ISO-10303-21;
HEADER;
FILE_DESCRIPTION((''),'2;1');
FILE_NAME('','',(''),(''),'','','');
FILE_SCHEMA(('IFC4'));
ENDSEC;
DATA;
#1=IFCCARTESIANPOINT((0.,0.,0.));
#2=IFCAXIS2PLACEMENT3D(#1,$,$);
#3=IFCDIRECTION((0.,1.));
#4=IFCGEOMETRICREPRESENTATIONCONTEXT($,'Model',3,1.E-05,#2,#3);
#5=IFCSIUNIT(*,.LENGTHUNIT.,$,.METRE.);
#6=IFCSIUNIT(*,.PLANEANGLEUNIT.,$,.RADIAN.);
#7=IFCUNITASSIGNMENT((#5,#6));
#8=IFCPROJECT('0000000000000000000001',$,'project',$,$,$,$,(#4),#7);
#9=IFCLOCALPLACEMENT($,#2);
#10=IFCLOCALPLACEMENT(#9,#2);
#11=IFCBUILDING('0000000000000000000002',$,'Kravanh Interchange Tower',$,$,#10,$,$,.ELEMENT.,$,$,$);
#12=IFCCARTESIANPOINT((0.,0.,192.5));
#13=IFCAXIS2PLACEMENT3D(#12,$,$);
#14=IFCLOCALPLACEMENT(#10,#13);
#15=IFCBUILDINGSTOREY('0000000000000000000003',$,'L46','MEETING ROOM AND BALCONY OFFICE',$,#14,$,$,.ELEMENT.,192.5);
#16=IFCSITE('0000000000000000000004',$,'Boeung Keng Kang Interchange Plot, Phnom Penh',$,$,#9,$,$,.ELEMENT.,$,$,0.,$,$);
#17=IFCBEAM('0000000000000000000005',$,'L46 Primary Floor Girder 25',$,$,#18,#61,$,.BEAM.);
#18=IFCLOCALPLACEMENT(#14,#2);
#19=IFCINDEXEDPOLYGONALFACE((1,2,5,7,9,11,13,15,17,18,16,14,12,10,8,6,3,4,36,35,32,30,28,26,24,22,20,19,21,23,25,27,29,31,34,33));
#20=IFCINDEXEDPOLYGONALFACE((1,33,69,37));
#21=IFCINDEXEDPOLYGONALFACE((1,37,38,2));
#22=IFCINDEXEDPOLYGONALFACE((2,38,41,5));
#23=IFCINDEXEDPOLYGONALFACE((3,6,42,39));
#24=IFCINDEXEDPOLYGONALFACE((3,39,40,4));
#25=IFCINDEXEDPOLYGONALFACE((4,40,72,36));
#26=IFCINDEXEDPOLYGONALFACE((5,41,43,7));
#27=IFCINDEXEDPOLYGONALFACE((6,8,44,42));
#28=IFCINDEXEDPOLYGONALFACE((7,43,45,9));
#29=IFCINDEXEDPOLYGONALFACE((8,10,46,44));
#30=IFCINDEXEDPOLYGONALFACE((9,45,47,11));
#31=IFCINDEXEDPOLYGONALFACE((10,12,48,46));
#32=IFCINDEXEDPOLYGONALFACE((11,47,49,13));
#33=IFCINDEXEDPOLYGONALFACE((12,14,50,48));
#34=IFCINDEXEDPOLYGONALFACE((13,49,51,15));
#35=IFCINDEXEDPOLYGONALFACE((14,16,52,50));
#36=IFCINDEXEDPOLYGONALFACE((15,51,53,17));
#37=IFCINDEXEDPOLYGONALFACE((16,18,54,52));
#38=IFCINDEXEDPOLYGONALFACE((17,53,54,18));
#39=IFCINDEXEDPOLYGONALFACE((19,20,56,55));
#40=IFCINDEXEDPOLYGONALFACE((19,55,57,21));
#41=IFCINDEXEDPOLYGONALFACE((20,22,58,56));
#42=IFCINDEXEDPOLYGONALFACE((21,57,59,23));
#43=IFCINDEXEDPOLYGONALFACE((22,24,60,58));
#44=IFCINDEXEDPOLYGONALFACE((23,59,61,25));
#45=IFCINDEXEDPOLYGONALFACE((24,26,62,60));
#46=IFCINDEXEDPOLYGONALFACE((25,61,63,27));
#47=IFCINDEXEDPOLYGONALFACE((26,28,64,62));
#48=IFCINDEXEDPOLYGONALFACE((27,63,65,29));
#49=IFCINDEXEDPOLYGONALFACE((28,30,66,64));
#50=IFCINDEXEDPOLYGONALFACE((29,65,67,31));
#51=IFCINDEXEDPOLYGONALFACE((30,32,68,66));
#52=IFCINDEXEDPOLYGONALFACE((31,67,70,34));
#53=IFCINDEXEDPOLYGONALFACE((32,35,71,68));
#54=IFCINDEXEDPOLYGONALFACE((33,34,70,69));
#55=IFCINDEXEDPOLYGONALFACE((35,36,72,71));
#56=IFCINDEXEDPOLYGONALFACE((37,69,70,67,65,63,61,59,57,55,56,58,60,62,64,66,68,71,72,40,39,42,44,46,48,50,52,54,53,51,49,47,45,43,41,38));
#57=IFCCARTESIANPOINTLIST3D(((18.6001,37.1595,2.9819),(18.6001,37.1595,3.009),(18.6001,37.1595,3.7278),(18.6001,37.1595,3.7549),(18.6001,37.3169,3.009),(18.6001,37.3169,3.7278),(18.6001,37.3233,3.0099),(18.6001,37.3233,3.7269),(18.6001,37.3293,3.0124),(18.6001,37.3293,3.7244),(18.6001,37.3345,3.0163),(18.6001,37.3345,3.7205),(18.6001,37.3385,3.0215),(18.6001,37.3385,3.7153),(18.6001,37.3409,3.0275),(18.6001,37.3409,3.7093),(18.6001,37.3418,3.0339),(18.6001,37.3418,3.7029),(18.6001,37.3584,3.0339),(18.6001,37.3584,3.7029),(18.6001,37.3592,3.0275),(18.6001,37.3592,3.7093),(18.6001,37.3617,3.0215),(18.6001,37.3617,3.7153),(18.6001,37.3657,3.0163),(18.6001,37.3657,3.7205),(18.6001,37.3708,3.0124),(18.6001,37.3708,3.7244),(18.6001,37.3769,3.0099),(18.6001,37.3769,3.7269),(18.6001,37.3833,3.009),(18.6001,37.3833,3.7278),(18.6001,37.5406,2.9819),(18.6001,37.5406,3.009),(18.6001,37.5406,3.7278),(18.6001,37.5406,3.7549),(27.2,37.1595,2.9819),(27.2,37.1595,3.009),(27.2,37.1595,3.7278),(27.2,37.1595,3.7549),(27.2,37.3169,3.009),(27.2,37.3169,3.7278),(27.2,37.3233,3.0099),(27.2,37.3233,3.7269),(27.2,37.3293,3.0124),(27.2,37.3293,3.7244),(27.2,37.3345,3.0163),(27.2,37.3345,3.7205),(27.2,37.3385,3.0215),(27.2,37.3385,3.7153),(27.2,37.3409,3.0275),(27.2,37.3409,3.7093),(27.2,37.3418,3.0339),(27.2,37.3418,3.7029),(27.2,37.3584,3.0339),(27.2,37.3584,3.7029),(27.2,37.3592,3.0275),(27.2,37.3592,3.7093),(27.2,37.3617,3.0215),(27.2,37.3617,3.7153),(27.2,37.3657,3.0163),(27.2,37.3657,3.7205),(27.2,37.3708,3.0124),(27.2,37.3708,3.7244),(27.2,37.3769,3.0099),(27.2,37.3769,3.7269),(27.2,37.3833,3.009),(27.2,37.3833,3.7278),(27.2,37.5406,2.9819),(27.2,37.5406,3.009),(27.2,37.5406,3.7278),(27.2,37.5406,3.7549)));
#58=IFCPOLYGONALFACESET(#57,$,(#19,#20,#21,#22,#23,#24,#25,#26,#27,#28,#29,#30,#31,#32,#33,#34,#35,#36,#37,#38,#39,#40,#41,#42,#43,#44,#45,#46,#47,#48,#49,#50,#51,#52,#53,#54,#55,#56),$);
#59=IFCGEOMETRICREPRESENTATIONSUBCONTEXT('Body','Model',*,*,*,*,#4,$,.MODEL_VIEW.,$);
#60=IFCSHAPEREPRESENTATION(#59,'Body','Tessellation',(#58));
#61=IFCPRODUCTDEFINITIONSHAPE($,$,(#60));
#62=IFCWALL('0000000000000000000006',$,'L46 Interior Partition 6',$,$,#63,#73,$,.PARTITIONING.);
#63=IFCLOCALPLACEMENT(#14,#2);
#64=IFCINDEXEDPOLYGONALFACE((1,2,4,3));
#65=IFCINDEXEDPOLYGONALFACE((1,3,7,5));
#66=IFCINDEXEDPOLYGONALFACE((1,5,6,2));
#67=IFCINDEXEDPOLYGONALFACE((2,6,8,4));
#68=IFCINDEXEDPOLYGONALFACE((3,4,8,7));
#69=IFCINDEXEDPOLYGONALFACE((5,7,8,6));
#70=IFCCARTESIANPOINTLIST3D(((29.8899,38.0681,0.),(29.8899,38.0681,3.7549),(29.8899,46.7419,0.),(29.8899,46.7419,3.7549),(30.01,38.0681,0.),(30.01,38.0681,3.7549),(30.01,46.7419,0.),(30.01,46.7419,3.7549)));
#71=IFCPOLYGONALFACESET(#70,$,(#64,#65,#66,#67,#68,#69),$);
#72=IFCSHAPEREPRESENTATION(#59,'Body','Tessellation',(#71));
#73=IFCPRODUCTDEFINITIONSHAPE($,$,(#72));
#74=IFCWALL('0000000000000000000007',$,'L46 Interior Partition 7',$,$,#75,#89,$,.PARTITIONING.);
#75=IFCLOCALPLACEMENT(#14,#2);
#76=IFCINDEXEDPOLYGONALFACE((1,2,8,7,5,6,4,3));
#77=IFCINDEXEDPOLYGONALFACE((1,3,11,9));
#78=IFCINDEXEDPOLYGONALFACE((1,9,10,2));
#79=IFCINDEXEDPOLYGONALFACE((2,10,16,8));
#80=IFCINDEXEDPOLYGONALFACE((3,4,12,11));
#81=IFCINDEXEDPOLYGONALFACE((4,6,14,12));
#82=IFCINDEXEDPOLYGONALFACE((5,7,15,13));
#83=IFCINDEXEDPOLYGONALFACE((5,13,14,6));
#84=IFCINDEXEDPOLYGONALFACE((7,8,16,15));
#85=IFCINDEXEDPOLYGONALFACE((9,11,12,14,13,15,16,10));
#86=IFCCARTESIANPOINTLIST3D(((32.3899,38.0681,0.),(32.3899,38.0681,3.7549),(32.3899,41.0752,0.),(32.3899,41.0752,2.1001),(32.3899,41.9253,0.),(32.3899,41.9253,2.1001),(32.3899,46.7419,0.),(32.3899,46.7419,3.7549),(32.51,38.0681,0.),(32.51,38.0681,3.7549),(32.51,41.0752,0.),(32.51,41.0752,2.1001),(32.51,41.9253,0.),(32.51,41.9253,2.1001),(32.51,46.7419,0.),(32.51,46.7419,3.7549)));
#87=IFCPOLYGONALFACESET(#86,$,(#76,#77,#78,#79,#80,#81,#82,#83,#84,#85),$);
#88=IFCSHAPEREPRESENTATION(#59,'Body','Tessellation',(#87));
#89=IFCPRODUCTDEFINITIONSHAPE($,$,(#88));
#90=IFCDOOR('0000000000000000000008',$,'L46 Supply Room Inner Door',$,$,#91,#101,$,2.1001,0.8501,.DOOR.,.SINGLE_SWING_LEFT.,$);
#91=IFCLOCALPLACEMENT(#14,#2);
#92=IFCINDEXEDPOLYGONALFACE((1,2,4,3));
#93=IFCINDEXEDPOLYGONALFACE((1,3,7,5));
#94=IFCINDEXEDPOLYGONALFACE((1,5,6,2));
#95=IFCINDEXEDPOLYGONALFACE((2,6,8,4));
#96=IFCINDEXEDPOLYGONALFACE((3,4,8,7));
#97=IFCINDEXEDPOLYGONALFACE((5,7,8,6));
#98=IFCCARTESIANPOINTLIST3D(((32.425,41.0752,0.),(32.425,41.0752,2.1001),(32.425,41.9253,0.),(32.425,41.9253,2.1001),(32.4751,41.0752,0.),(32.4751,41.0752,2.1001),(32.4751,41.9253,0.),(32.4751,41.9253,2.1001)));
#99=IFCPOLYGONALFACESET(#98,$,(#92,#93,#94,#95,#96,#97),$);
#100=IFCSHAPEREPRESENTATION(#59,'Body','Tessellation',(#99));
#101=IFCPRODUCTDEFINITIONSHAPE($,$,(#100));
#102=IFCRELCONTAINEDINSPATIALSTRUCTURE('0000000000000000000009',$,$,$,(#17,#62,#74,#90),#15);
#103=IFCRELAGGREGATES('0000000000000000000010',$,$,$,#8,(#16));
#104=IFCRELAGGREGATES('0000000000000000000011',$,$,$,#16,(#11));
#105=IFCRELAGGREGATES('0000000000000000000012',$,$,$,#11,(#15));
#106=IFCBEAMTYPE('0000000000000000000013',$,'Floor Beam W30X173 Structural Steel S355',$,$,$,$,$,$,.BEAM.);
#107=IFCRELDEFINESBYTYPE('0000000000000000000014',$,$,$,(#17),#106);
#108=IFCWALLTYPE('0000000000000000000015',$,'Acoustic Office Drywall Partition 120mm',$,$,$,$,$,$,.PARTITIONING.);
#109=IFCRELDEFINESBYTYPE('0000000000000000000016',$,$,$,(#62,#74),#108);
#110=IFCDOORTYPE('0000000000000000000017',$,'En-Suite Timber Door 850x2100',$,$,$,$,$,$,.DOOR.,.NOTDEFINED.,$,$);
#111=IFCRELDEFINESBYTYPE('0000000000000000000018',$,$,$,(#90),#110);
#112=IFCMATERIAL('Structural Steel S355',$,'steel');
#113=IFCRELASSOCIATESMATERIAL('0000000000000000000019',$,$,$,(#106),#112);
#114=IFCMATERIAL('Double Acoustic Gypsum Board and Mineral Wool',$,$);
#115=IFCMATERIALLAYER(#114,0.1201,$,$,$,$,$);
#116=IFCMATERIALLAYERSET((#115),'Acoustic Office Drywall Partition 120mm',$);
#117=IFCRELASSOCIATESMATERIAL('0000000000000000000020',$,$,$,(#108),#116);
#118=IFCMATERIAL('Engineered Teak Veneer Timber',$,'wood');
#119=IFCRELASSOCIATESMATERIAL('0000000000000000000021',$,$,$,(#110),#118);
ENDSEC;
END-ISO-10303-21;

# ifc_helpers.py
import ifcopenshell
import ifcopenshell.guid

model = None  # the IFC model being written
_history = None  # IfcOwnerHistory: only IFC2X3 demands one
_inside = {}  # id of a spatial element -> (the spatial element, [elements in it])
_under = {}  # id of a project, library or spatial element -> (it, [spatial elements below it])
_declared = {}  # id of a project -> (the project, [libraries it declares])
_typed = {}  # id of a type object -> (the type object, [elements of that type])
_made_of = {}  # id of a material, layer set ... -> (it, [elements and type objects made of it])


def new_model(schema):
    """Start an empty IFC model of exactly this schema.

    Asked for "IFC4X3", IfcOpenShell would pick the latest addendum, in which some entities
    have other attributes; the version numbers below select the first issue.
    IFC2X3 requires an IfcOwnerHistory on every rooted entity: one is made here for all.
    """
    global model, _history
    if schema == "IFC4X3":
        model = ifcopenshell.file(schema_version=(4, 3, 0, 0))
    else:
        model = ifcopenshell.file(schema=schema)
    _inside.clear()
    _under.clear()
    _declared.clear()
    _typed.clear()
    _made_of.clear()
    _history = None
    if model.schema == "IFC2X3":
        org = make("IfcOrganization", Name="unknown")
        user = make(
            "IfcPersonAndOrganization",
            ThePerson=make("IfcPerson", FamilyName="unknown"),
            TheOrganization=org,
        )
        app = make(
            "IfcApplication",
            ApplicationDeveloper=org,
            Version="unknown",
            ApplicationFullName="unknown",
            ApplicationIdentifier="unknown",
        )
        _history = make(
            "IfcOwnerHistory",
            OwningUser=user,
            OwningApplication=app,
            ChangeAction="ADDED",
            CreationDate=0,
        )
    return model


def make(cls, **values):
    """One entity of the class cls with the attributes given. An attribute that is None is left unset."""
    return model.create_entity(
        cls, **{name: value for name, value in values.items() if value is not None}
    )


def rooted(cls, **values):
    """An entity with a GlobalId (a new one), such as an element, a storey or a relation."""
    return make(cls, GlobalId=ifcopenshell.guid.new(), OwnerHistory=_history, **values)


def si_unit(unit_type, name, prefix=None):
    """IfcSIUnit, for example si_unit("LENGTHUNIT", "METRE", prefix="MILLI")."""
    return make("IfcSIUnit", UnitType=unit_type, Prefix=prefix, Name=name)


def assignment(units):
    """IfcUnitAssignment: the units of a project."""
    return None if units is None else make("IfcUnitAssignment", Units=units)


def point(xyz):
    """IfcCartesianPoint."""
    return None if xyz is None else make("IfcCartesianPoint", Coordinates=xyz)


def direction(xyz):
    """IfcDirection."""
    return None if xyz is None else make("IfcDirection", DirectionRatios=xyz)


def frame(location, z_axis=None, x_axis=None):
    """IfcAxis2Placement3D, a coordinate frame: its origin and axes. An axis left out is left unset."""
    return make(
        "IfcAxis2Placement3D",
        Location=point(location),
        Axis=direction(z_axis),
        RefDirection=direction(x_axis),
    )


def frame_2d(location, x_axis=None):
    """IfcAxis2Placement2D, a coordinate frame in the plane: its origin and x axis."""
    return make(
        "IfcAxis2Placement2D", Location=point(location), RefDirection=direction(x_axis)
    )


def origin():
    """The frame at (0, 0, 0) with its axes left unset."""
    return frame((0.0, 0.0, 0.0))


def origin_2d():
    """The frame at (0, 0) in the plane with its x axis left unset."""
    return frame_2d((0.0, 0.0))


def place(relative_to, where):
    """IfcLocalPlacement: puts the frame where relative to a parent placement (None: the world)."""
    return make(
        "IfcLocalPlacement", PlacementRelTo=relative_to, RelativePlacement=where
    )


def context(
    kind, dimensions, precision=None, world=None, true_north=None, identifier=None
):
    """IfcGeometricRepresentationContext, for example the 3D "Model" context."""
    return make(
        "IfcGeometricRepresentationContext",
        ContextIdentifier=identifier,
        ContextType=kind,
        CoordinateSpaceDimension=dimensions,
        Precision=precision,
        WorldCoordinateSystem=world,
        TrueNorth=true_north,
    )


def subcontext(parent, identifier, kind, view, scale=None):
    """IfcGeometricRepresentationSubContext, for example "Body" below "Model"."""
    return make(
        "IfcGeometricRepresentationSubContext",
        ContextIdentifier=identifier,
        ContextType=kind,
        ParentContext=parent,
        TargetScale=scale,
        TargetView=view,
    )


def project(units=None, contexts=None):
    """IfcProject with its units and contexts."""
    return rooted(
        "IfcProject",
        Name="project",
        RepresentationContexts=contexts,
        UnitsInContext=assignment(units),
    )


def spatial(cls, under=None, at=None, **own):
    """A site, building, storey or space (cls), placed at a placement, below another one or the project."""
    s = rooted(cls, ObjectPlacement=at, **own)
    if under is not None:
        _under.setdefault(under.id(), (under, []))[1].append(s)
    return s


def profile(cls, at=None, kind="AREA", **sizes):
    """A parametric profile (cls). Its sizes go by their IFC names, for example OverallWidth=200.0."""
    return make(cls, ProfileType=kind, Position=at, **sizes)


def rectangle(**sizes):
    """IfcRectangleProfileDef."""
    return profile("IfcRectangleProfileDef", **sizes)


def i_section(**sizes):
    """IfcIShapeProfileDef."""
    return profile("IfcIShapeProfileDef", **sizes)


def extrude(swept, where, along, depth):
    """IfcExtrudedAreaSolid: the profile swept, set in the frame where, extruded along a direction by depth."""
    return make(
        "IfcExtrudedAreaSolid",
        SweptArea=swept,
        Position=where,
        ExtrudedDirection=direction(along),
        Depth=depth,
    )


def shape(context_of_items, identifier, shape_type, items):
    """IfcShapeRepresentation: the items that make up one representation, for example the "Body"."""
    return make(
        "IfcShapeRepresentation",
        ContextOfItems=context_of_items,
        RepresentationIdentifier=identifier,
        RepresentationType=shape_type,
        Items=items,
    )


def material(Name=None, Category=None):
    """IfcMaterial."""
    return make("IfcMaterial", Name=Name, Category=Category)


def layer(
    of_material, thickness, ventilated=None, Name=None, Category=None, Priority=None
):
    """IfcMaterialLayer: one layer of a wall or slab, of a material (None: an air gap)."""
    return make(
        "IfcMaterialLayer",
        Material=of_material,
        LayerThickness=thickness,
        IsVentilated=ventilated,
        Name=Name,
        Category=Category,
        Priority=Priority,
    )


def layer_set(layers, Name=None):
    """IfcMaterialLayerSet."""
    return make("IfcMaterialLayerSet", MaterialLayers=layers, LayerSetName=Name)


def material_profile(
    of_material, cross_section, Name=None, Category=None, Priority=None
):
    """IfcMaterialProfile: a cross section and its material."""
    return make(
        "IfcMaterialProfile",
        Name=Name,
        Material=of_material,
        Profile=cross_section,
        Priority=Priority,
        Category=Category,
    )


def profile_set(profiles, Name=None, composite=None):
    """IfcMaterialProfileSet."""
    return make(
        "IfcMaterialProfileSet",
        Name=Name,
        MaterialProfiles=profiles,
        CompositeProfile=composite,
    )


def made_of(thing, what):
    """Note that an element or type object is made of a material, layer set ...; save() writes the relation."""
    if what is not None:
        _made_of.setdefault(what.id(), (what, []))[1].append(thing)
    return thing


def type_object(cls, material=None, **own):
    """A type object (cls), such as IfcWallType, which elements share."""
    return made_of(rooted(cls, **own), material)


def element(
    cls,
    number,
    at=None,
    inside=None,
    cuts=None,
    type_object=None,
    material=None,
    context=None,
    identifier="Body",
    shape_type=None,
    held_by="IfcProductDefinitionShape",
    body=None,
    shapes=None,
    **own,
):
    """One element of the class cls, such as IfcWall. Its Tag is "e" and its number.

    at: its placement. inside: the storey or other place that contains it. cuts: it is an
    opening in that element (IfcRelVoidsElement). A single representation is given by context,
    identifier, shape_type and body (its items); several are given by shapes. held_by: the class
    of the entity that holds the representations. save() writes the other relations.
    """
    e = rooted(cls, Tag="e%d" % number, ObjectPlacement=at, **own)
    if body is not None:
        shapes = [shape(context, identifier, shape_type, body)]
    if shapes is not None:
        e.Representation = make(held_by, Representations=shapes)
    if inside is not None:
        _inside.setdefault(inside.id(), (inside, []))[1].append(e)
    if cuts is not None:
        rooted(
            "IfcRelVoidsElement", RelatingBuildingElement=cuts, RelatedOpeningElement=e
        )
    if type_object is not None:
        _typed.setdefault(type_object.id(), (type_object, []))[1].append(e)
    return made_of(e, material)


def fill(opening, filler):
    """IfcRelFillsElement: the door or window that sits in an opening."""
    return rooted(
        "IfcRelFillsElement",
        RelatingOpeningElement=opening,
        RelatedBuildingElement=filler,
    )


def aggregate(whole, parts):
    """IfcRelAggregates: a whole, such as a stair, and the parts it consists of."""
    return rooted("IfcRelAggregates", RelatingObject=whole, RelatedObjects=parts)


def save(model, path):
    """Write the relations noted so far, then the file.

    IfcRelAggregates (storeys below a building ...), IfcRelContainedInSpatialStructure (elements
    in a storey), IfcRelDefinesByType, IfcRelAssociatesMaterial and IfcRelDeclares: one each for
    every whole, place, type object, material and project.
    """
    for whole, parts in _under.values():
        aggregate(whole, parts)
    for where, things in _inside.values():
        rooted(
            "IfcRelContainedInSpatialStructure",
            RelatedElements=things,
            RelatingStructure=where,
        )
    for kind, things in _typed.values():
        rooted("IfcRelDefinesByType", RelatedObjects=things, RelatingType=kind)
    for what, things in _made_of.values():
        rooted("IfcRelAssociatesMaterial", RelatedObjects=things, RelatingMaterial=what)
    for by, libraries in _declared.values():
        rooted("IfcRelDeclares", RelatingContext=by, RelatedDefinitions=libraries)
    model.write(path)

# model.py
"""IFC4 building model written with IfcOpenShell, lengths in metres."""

from ifc_helpers import new_model, si_unit, direction, frame, frame_2d, origin, origin_2d, place, context, subcontext, project, spatial, rectangle, i_section, extrude, material, layer, layer_set, material_profile, profile_set, type_object, element, fill, save


model = new_model("IFC4")

# Units and contexts
model_context = context("Model", 3, precision=1e-05, world=origin(), true_north=direction((0.0, 1.0)))
body_context = subcontext(model_context, "Body", "Model", "MODEL_VIEW")
ifc_project = project(units=[si_unit("LENGTHUNIT", "METRE"), si_unit("PLANEANGLEUNIT", "RADIAN")], contexts=[model_context])

# Site, building, storey
site_placement = place(None, origin())
site = spatial("IfcSite", under=ifc_project, at=site_placement, Name="Boeung Keng Kang Interchange Plot, Phnom Penh", CompositionType="ELEMENT", RefElevation=0.0)
building_placement = place(site_placement, origin())
building = spatial("IfcBuilding", under=site, at=building_placement, Name="Kravanh Interchange Tower", CompositionType="ELEMENT")
storey_placement = place(building_placement, frame((0.0, 0.0, 192.5)))
storey = spatial("IfcBuildingStorey", under=building, at=storey_placement, Name="L46", Description="MEETING ROOM AND BALCONY OFFICE", CompositionType="ELEMENT", Elevation=192.5)

# Beam
ifc_material_1 = material(Name="Structural Steel S355", Category="steel")
ifc_material_profile_1 = material_profile(ifc_material_1, i_section(OverallWidth=0.3811, OverallDepth=0.7729, WebThickness=0.0166, FlangeThickness=0.0271, FilletRadius=0.0249, at=origin_2d()), Name="W30X173")
ifc_profile_set_1 = profile_set([ifc_material_profile_1], Name="Structural Steel S355")
beam_type = type_object("IfcBeamType", Name="Floor Beam W30X173 Structural Steel S355", PredefinedType="BEAM", material=ifc_profile_set_1)
beam_1_placement = place(storey_placement, frame((27.2, 37.3501, 3.3684), z_axis=(-1.0, 0.0, 0.0), x_axis=(0.0, -1.0, 0.0)))
element("IfcBeam", 1, at=beam_1_placement, inside=storey, type_object=beam_type, Name="L46 Primary Floor Girder 25", PredefinedType="BEAM", context=body_context, shape_type="SweptSolid", body=[
    extrude(i_section(OverallWidth=0.3811, OverallDepth=0.7729, WebThickness=0.0166, FlangeThickness=0.0271, FilletRadius=0.0249, at=origin_2d()), origin(), (0.0, 0.0, 1.0), 8.5999),
])

# Wall
ifc_material_2 = material(Name="Double Acoustic Gypsum Board and Mineral Wool")
ifc_layer_1 = layer(ifc_material_2, 0.1201)
ifc_layer_set_1 = layer_set([ifc_layer_1], Name="Acoustic Office Drywall Partition 120mm")
wall_type_1 = type_object("IfcWallType", Name="Acoustic Office Drywall Partition 120mm", PredefinedType="PARTITIONING", material=ifc_layer_set_1)
wall_1_placement = place(storey_placement, frame((29.95, 38.0681, 0.0), z_axis=(0.0, 0.0, 1.0), x_axis=(0.0, 1.0, 0.0)))
element("IfcWall", 2, at=wall_1_placement, inside=storey, type_object=wall_type_1, Name="L46 Interior Partition 6", PredefinedType="PARTITIONING", context=body_context, shape_type="SweptSolid", body=[
    extrude(rectangle(XDim=8.6738, YDim=0.1201, at=frame_2d((4.3369, 0.0))), origin(), (0.0, 0.0, 1.0), 3.7549),
])

# Wall, opening, door
wall_2_placement = place(storey_placement, frame((32.45, 38.0681, 0.0), z_axis=(0.0, 0.0, 1.0), x_axis=(0.0, 1.0, 0.0)))
wall_2 = element("IfcWall", 3, at=wall_2_placement, inside=storey, type_object=wall_type_1, Name="L46 Interior Partition 7", PredefinedType="PARTITIONING", context=body_context, shape_type="SweptSolid", body=[
    extrude(rectangle(XDim=8.6738, YDim=0.1201, at=frame_2d((4.3369, 0.0))), origin(), (0.0, 0.0, 1.0), 3.7549),
])
opening_1_placement = place(wall_2_placement, frame((3.0071, 0.0, 0.0)))
opening_1 = element("IfcOpeningElement", 4, at=opening_1_placement, cuts=wall_2, PredefinedType="OPENING", context=body_context, shape_type="SweptSolid", body=[
    extrude(rectangle(XDim=0.8501, YDim=2.1001, at=frame_2d((0.425, 1.05))), frame((0.0, 0.0701, 0.0), z_axis=(0.0, -1.0, 0.0), x_axis=(1.0, 0.0, 0.0)), (0.0, 0.0, 1.0), 0.1401),
])
ifc_material_3 = material(Name="Engineered Teak Veneer Timber", Category="wood")
door_type_1 = type_object("IfcDoorType", Name="En-Suite Timber Door 850x2100", OperationType="NOTDEFINED", PredefinedType="DOOR", material=ifc_material_3)
door_1_placement = place(opening_1_placement, origin())
door_1 = element("IfcDoor", 5, at=door_1_placement, inside=storey, type_object=door_type_1, Name="L46 Supply Room Inner Door", OperationType="SINGLE_SWING_LEFT", OverallHeight=2.1001, OverallWidth=0.8501, PredefinedType="DOOR", context=body_context, shape_type="SweptSolid", body=[
    extrude(rectangle(XDim=0.8501, YDim=2.1001, at=frame_2d((0.425, 1.05))), frame((0.0, 0.0249, 0.0), z_axis=(0.0, -1.0, 0.0), x_axis=(1.0, 0.0, 0.0)), (0.0, 0.0, 1.0), 0.05),
])
fill(opening_1, door_1)

save(model, "model.ifc")
